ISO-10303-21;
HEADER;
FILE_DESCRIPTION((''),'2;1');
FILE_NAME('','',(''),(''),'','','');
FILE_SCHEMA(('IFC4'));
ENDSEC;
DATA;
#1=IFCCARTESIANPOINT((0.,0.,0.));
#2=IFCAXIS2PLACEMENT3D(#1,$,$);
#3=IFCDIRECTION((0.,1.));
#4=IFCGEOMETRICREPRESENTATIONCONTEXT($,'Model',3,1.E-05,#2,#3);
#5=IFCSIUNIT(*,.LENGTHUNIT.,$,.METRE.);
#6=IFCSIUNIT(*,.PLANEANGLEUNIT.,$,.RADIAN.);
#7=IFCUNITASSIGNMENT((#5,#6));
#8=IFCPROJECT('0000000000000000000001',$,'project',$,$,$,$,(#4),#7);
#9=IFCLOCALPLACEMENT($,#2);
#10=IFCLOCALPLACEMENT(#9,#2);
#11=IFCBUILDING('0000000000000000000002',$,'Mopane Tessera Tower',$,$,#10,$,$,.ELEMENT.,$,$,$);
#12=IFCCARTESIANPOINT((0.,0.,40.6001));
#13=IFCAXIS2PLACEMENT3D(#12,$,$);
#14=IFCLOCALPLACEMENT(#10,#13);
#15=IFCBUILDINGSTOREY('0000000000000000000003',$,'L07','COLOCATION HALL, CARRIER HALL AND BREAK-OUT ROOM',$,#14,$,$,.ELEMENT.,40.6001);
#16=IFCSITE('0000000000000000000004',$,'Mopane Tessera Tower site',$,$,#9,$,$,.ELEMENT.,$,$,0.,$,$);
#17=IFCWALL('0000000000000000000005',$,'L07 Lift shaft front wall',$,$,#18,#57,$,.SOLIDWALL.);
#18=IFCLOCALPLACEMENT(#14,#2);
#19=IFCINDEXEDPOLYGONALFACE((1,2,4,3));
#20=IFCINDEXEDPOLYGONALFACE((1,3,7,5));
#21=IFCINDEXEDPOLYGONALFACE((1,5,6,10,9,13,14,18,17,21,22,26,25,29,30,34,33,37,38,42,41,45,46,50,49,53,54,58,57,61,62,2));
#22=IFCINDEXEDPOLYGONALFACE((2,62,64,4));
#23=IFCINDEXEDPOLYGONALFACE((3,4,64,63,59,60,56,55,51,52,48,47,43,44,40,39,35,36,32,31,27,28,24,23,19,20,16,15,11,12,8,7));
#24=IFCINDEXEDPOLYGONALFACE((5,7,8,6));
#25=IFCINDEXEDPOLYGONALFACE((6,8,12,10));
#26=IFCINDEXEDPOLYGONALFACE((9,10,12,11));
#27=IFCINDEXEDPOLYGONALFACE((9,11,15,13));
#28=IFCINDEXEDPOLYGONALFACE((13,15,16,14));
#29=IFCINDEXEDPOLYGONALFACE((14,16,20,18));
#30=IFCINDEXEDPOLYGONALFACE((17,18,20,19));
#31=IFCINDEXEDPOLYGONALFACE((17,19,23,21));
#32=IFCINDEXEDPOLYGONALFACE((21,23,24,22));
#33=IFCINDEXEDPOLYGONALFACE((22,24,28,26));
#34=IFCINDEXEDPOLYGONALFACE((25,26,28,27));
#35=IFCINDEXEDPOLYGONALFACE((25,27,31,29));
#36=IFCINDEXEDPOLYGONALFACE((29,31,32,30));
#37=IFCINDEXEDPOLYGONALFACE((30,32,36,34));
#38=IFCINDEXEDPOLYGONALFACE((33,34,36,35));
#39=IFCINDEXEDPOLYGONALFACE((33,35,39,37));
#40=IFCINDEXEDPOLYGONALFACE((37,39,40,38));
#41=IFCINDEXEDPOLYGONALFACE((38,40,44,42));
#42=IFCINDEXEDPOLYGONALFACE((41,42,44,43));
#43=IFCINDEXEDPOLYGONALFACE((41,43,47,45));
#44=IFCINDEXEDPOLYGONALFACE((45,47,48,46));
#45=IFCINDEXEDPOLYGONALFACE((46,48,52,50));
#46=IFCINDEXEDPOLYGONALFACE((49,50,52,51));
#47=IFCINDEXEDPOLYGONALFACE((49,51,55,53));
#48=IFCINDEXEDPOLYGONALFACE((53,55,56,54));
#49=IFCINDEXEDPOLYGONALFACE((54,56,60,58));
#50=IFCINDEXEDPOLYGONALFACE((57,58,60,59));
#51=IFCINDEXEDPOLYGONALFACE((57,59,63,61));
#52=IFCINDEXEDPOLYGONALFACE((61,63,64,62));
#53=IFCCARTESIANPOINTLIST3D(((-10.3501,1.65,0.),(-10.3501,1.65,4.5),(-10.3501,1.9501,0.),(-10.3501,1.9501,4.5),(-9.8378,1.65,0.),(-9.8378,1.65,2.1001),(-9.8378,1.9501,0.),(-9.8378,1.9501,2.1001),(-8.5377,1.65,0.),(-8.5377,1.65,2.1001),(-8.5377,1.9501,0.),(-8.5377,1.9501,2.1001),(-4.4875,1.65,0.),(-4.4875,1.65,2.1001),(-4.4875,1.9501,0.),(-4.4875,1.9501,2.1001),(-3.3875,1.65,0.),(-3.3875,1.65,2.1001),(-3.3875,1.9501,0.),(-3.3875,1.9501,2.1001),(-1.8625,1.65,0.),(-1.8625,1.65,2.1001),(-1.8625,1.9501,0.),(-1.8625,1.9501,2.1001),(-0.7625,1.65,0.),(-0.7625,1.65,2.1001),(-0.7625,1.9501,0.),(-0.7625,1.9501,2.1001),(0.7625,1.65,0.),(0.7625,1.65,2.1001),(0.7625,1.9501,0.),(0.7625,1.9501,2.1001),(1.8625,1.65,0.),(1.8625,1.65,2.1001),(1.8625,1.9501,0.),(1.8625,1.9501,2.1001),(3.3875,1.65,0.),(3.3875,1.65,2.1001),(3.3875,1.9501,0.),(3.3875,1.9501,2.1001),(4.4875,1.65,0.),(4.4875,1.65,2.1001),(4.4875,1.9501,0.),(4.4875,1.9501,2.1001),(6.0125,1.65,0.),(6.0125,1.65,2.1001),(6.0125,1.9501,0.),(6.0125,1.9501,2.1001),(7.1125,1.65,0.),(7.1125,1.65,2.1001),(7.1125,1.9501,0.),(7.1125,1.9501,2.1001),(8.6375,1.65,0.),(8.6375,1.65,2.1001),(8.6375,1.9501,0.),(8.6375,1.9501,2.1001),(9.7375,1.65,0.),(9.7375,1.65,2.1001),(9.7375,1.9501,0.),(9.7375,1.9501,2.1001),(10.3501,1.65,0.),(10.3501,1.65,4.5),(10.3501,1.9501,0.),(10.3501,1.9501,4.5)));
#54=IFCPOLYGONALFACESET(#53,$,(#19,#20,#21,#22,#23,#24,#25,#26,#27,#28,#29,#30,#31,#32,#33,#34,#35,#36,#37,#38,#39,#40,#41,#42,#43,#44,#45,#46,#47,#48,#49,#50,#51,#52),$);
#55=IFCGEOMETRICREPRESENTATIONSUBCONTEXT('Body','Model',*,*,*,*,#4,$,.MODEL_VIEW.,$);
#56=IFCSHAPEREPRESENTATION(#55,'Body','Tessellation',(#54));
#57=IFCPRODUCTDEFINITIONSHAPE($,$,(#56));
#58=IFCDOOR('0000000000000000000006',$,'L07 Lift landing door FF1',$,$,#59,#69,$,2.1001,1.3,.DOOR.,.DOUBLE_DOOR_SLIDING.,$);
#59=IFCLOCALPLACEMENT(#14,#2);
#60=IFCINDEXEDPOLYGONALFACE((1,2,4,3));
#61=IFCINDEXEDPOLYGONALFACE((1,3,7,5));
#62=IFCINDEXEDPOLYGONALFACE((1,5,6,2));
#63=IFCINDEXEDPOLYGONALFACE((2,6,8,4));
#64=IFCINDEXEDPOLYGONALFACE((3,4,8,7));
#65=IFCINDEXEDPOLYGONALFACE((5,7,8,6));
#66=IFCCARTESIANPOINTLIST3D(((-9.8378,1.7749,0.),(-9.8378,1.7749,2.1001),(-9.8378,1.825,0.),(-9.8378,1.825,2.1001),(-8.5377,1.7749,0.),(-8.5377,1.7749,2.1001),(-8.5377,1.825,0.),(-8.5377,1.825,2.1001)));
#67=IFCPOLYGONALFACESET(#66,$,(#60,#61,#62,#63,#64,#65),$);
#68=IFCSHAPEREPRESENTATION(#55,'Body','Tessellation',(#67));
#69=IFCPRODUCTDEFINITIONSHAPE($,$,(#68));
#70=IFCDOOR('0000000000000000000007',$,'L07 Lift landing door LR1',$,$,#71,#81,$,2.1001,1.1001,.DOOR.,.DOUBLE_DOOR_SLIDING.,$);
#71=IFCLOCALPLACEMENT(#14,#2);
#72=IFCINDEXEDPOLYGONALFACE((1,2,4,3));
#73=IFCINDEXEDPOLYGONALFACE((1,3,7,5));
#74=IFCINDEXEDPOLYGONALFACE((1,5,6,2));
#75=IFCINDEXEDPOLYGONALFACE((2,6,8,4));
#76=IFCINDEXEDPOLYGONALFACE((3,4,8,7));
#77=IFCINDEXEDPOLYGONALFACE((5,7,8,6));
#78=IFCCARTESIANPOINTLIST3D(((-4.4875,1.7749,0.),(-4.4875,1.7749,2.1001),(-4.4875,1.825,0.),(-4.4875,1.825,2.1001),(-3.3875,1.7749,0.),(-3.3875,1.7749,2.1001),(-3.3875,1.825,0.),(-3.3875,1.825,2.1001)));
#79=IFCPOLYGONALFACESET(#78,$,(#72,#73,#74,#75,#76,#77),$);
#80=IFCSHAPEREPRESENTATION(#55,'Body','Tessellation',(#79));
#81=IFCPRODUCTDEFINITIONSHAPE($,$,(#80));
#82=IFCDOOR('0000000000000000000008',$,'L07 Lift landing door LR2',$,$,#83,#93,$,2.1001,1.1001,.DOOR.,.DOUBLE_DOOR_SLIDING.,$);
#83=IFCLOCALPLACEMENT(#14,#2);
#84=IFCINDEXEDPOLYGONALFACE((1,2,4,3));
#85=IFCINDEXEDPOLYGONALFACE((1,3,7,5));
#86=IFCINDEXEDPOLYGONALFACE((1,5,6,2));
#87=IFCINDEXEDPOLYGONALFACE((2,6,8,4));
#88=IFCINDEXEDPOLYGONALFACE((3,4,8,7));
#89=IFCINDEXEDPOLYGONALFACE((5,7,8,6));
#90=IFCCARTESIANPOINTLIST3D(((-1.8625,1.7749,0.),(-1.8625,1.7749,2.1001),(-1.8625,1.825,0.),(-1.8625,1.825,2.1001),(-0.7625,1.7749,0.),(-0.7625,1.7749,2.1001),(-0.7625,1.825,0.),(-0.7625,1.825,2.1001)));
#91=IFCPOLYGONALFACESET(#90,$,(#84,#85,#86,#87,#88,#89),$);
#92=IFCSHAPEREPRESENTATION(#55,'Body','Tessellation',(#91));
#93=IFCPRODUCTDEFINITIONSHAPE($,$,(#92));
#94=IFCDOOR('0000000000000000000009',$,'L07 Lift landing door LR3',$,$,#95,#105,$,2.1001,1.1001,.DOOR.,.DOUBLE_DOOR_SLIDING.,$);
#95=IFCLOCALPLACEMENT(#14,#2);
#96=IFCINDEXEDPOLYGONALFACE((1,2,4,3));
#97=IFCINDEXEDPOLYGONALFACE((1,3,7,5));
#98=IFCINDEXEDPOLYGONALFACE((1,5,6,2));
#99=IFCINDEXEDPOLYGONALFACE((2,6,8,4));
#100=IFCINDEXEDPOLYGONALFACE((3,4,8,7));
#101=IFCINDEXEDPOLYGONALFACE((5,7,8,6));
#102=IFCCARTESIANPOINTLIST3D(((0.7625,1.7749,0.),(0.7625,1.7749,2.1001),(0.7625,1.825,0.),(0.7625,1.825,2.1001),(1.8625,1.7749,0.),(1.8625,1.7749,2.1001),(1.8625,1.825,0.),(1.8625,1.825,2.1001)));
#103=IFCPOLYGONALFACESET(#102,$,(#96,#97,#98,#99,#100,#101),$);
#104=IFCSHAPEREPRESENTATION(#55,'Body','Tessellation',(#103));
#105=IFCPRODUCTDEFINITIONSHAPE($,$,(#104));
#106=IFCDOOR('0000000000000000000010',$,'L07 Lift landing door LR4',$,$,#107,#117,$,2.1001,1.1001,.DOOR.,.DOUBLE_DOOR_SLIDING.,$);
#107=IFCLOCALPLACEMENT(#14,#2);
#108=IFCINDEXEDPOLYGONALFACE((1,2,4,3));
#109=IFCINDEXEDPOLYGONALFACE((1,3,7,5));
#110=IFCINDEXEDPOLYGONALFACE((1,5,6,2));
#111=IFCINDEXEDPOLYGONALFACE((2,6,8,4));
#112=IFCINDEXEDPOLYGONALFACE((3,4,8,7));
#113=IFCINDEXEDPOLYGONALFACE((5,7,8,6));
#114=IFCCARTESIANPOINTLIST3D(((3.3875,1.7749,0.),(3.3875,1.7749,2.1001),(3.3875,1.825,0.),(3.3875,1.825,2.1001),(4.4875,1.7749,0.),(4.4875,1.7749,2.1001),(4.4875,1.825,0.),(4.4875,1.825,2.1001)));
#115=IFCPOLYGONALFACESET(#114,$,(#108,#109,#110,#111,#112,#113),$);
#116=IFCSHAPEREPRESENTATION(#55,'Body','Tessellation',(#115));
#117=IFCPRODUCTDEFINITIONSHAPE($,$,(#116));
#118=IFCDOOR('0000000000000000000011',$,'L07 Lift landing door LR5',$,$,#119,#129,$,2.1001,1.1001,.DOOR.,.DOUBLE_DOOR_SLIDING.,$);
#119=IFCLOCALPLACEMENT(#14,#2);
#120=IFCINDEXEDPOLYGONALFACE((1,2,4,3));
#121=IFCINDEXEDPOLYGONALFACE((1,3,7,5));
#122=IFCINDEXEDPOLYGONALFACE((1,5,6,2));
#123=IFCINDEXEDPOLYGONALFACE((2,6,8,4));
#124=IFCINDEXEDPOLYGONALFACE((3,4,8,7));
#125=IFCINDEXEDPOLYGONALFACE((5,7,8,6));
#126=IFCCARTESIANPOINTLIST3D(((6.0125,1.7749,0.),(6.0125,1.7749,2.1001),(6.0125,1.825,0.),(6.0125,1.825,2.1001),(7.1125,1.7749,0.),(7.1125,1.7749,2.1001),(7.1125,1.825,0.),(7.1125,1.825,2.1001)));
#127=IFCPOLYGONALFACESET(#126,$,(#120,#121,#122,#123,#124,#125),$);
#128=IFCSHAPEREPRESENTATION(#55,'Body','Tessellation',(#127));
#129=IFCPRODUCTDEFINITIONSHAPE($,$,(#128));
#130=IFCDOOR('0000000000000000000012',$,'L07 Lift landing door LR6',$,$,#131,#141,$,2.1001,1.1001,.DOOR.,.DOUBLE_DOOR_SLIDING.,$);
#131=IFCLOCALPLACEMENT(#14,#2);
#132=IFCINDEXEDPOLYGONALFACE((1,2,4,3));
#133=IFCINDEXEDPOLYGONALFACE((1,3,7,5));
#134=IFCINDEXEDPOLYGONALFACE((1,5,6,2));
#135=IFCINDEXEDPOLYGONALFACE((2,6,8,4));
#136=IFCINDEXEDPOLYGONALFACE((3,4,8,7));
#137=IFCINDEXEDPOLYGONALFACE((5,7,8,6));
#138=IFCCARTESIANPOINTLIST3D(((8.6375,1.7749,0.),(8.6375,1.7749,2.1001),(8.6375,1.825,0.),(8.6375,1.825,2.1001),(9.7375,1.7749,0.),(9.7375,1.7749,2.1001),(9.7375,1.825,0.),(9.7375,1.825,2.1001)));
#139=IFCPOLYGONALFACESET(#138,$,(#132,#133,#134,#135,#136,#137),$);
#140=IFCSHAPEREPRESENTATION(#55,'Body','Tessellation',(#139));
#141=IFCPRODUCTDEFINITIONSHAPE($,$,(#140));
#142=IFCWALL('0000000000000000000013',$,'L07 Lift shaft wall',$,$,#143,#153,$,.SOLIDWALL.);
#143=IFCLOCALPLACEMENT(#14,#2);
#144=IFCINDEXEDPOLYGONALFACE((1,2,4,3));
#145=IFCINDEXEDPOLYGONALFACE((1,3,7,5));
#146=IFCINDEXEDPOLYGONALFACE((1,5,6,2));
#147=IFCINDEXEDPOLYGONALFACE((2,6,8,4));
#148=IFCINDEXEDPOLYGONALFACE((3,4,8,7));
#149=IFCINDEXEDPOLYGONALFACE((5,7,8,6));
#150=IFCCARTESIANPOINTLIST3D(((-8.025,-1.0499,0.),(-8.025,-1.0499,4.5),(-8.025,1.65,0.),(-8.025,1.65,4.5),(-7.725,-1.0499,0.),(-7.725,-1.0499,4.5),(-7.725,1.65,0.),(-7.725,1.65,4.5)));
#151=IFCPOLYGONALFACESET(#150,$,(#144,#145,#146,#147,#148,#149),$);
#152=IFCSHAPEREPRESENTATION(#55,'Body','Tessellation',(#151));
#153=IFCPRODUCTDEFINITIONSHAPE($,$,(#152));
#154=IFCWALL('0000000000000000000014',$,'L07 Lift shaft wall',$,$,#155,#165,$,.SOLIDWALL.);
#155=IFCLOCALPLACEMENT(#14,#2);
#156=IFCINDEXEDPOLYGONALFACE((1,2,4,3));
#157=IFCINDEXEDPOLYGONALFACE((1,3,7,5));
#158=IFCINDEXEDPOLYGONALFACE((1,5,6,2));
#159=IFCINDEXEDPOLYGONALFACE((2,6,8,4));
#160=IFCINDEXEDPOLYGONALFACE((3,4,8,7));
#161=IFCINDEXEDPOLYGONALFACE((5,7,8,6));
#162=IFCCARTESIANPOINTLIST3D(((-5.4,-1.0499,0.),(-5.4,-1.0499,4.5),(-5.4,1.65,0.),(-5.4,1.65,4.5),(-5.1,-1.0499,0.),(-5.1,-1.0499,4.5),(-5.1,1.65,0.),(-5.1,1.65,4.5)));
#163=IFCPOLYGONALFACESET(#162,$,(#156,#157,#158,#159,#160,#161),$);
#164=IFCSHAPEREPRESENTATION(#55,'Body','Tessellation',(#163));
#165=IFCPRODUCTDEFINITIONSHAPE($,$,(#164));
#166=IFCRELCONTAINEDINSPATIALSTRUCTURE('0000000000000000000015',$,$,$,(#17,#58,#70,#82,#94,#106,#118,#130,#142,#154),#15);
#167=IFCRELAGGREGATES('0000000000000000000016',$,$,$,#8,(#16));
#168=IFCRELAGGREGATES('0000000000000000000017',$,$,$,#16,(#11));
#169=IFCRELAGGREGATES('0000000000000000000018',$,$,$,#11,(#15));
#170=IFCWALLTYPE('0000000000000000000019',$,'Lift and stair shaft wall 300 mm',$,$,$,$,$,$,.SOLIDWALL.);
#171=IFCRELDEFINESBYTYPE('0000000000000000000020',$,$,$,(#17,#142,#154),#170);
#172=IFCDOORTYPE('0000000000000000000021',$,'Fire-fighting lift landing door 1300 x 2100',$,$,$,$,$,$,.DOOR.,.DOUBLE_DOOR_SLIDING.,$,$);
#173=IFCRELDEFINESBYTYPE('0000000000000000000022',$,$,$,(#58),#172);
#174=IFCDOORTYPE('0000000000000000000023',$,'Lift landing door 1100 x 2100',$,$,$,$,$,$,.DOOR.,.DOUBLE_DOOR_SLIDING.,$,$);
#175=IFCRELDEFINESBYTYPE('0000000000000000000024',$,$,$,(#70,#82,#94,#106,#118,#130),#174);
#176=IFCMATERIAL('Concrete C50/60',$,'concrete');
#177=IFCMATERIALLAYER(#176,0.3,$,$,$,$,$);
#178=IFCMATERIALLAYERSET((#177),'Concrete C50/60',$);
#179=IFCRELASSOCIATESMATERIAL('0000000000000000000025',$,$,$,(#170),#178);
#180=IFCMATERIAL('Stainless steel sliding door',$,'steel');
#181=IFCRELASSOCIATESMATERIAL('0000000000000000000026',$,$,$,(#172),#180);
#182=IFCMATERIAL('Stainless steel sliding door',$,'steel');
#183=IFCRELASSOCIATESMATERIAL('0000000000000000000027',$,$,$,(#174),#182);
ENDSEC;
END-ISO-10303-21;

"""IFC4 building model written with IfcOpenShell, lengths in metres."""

from ifc_helpers import new_model, si_unit, direction, frame, frame_2d, origin, place, context, subcontext, project, spatial, rectangle, extrude, material, layer, layer_set, type_object, element, fill, save


model = new_model("IFC4")

# Units and contexts
model_context = context("Model", 3, precision=1e-05, world=origin(), true_north=direction((0.0, 1.0)))
body_context = subcontext(model_context, "Body", "Model", "MODEL_VIEW")
ifc_project = project(units=[si_unit("LENGTHUNIT", "METRE"), si_unit("PLANEANGLEUNIT", "RADIAN")], contexts=[model_context])

# Site, building, storey
site_placement = place(None, origin())
site = spatial("IfcSite", under=ifc_project, at=site_placement, Name="Mopane Tessera Tower site", CompositionType="ELEMENT", RefElevation=0.0)
building_placement = place(site_placement, origin())
building = spatial("IfcBuilding", under=site, at=building_placement, Name="Mopane Tessera Tower", CompositionType="ELEMENT")
storey_placement = place(building_placement, frame((0.0, 0.0, 40.6001)))
storey = spatial("IfcBuildingStorey", under=building, at=storey_placement, Name="L07", Description="COLOCATION HALL, CARRIER HALL AND BREAK-OUT ROOM", CompositionType="ELEMENT", Elevation=40.6001)

# Shared definitions
ifc_material_1 = material(Name="Concrete C50/60", Category="concrete")
ifc_layer_1 = layer(ifc_material_1, 0.3)
ifc_layer_set_1 = layer_set([ifc_layer_1], Name="Concrete C50/60")
wall_type_1 = type_object("IfcWallType", Name="Lift and stair shaft wall 300 mm", PredefinedType="SOLIDWALL", material=ifc_layer_set_1)

# Wall, openings, doors
wall_1_placement = place(storey_placement, frame((-10.3501, 1.8, 0.0), z_axis=(0.0, 0.0, 1.0), x_axis=(1.0, 0.0, 0.0)))
wall_1 = element("IfcWall", 1, at=wall_1_placement, inside=storey, type_object=wall_type_1, Name="L07 Lift shaft front wall", PredefinedType="SOLIDWALL", context=body_context, shape_type="SweptSolid", body=[
    extrude(rectangle(XDim=20.7002, YDim=0.3, at=frame_2d((10.3501, 0.0))), origin(), (0.0, 0.0, 1.0), 4.5),
])
opening_1_placement = place(wall_1_placement, frame((0.5125, 0.0, 0.0)))
opening_1 = element("IfcOpeningElement", 2, at=opening_1_placement, cuts=wall_1, PredefinedType="OPENING", context=body_context, shape_type="SweptSolid", body=[
    extrude(rectangle(XDim=1.3, YDim=2.1001, at=frame_2d((0.6499, 1.05))), frame((0.0, 0.1621, 0.0), z_axis=(0.0, -1.0, 0.0), x_axis=(1.0, 0.0, 0.0)), (0.0, 0.0, 1.0), 0.324),
])
opening_2_placement = place(wall_1_placement, frame((5.8625, 0.0, 0.0)))
opening_2 = element("IfcOpeningElement", 3, at=opening_2_placement, cuts=wall_1, PredefinedType="OPENING", context=body_context, shape_type="SweptSolid", body=[
    extrude(rectangle(XDim=1.1001, YDim=2.1001, at=frame_2d((0.55, 1.05))), frame((0.0, 0.1621, 0.0), z_axis=(0.0, -1.0, 0.0), x_axis=(1.0, 0.0, 0.0)), (0.0, 0.0, 1.0), 0.324),
])
opening_3_placement = place(wall_1_placement, frame((8.4875, 0.0, 0.0)))
opening_3 = element("IfcOpeningElement", 4, at=opening_3_placement, cuts=wall_1, PredefinedType="OPENING", context=body_context, shape_type="SweptSolid", body=[
    extrude(rectangle(XDim=1.1001, YDim=2.1001, at=frame_2d((0.55, 1.05))), frame((0.0, 0.1621, 0.0), z_axis=(0.0, -1.0, 0.0), x_axis=(1.0, 0.0, 0.0)), (0.0, 0.0, 1.0), 0.324),
])
opening_4_placement = place(wall_1_placement, frame((11.1125, 0.0, 0.0)))
opening_4 = element("IfcOpeningElement", 5, at=opening_4_placement, cuts=wall_1, PredefinedType="OPENING", context=body_context, shape_type="SweptSolid", body=[
    extrude(rectangle(XDim=1.1001, YDim=2.1001, at=frame_2d((0.55, 1.05))), frame((0.0, 0.1621, 0.0), z_axis=(0.0, -1.0, 0.0), x_axis=(1.0, 0.0, 0.0)), (0.0, 0.0, 1.0), 0.324),
])
opening_5_placement = place(wall_1_placement, frame((13.7375, 0.0, 0.0)))
opening_5 = element("IfcOpeningElement", 6, at=opening_5_placement, cuts=wall_1, PredefinedType="OPENING", context=body_context, shape_type="SweptSolid", body=[
    extrude(rectangle(XDim=1.1001, YDim=2.1001, at=frame_2d((0.55, 1.05))), frame((0.0, 0.1621, 0.0), z_axis=(0.0, -1.0, 0.0), x_axis=(1.0, 0.0, 0.0)), (0.0, 0.0, 1.0), 0.324),
])
opening_6_placement = place(wall_1_placement, frame((16.3625, 0.0, 0.0)))
opening_6 = element("IfcOpeningElement", 7, at=opening_6_placement, cuts=wall_1, PredefinedType="OPENING", context=body_context, shape_type="SweptSolid", body=[
    extrude(rectangle(XDim=1.1001, YDim=2.1001, at=frame_2d((0.55, 1.05))), frame((0.0, 0.1621, 0.0), z_axis=(0.0, -1.0, 0.0), x_axis=(1.0, 0.0, 0.0)), (0.0, 0.0, 1.0), 0.324),
])
opening_7_placement = place(wall_1_placement, frame((18.9875, 0.0, 0.0)))
opening_7 = element("IfcOpeningElement", 8, at=opening_7_placement, cuts=wall_1, PredefinedType="OPENING", context=body_context, shape_type="SweptSolid", body=[
    extrude(rectangle(XDim=1.1001, YDim=2.1001, at=frame_2d((0.55, 1.05))), frame((0.0, 0.1621, 0.0), z_axis=(0.0, -1.0, 0.0), x_axis=(1.0, 0.0, 0.0)), (0.0, 0.0, 1.0), 0.324),
])
ifc_material_2 = material(Name="Stainless steel sliding door", Category="steel")
door_type_1 = type_object("IfcDoorType", Name="Fire-fighting lift landing door 1300 x 2100", OperationType="DOUBLE_DOOR_SLIDING", PredefinedType="DOOR", material=ifc_material_2)
door_1_placement = place(opening_1_placement, origin())
door_1 = element("IfcDoor", 9, at=door_1_placement, inside=storey, type_object=door_type_1, Name="L07 Lift landing door FF1", OperationType="DOUBLE_DOOR_SLIDING", OverallHeight=2.1001, OverallWidth=1.3, PredefinedType="DOOR", context=body_context, shape_type="SweptSolid", body=[
    extrude(rectangle(XDim=1.3, YDim=2.1001, at=frame_2d((0.6499, 1.05))), frame((0.0, 0.0249, 0.0), z_axis=(0.0, -1.0, 0.0), x_axis=(1.0, 0.0, 0.0)), (0.0, 0.0, 1.0), 0.05),
])
fill(opening_1, door_1)
ifc_material_3 = material(Name="Stainless steel sliding door", Category="steel")
door_type_2 = type_object("IfcDoorType", Name="Lift landing door 1100 x 2100", OperationType="DOUBLE_DOOR_SLIDING", PredefinedType="DOOR", material=ifc_material_3)
door_2_placement = place(opening_2_placement, origin())
door_2 = element("IfcDoor", 10, at=door_2_placement, inside=storey, type_object=door_type_2, Name="L07 Lift landing door LR1", OperationType="DOUBLE_DOOR_SLIDING", OverallHeight=2.1001, OverallWidth=1.1001, PredefinedType="DOOR", context=body_context, shape_type="SweptSolid", body=[
    extrude(rectangle(XDim=1.1001, YDim=2.1001, at=frame_2d((0.55, 1.05))), frame((0.0, 0.0249, 0.0), z_axis=(0.0, -1.0, 0.0), x_axis=(1.0, 0.0, 0.0)), (0.0, 0.0, 1.0), 0.05),
])
fill(opening_2, door_2)
door_3_placement = place(opening_3_placement, origin())
door_3 = element("IfcDoor", 11, at=door_3_placement, inside=storey, type_object=door_type_2, Name="L07 Lift landing door LR2", OperationType="DOUBLE_DOOR_SLIDING", OverallHeight=2.1001, OverallWidth=1.1001, PredefinedType="DOOR", context=body_context, shape_type="SweptSolid", body=[
    extrude(rectangle(XDim=1.1001, YDim=2.1001, at=frame_2d((0.55, 1.05))), frame((0.0, 0.0249, 0.0), z_axis=(0.0, -1.0, 0.0), x_axis=(1.0, 0.0, 0.0)), (0.0, 0.0, 1.0), 0.05),
])
fill(opening_3, door_3)
door_4_placement = place(opening_4_placement, origin())
door_4 = element("IfcDoor", 12, at=door_4_placement, inside=storey, type_object=door_type_2, Name="L07 Lift landing door LR3", OperationType="DOUBLE_DOOR_SLIDING", OverallHeight=2.1001, OverallWidth=1.1001, PredefinedType="DOOR", context=body_context, shape_type="SweptSolid", body=[
    extrude(rectangle(XDim=1.1001, YDim=2.1001, at=frame_2d((0.55, 1.05))), frame((0.0, 0.0249, 0.0), z_axis=(0.0, -1.0, 0.0), x_axis=(1.0, 0.0, 0.0)), (0.0, 0.0, 1.0), 0.05),
])
fill(opening_4, door_4)
door_5_placement = place(opening_5_placement, origin())
door_5 = element("IfcDoor", 13, at=door_5_placement, inside=storey, type_object=door_type_2, Name="L07 Lift landing door LR4", OperationType="DOUBLE_DOOR_SLIDING", OverallHeight=2.1001, OverallWidth=1.1001, PredefinedType="DOOR", context=body_context, shape_type="SweptSolid", body=[
    extrude(rectangle(XDim=1.1001, YDim=2.1001, at=frame_2d((0.55, 1.05))), frame((0.0, 0.0249, 0.0), z_axis=(0.0, -1.0, 0.0), x_axis=(1.0, 0.0, 0.0)), (0.0, 0.0, 1.0), 0.05),
])
fill(opening_5, door_5)
door_6_placement = place(opening_6_placement, origin())
door_6 = element("IfcDoor", 14, at=door_6_placement, inside=storey, type_object=door_type_2, Name="L07 Lift landing door LR5", OperationType="DOUBLE_DOOR_SLIDING", OverallHeight=2.1001, OverallWidth=1.1001, PredefinedType="DOOR", context=body_context, shape_type="SweptSolid", body=[
    extrude(rectangle(XDim=1.1001, YDim=2.1001, at=frame_2d((0.55, 1.05))), frame((0.0, 0.0249, 0.0), z_axis=(0.0, -1.0, 0.0), x_axis=(1.0, 0.0, 0.0)), (0.0, 0.0, 1.0), 0.05),
])
fill(opening_6, door_6)
door_7_placement = place(opening_7_placement, origin())
door_7 = element("IfcDoor", 15, at=door_7_placement, inside=storey, type_object=door_type_2, Name="L07 Lift landing door LR6", OperationType="DOUBLE_DOOR_SLIDING", OverallHeight=2.1001, OverallWidth=1.1001, PredefinedType="DOOR", context=body_context, shape_type="SweptSolid", body=[
    extrude(rectangle(XDim=1.1001, YDim=2.1001, at=frame_2d((0.55, 1.05))), frame((0.0, 0.0249, 0.0), z_axis=(0.0, -1.0, 0.0), x_axis=(1.0, 0.0, 0.0)), (0.0, 0.0, 1.0), 0.05),
])
fill(opening_7, door_7)

# Walls
for number, where, z_axis, x_axis, name in (
    (16, (-7.875, -1.05, 0.0), (0.0, 0.0, 1.0), (0.0, 1.0, 0.0), "L07 Lift shaft wall"),
    (17, (-5.25, -1.05, 0.0), (0.0, 0.0, 1.0), (0.0, 1.0, 0.0), "L07 Lift shaft wall"),
):
    element("IfcWall", number, at=place(storey_placement, frame(where, z_axis=z_axis, x_axis=x_axis)), inside=storey, type_object=wall_type_1, Name=name, PredefinedType="SOLIDWALL", context=body_context, shape_type="SweptSolid", body=[
        extrude(rectangle(XDim=2.7, YDim=0.3, at=frame_2d((1.3501, 0.0))), origin(), (0.0, 0.0, 1.0), 4.5),
    ])

save(model, "model.ifc")
